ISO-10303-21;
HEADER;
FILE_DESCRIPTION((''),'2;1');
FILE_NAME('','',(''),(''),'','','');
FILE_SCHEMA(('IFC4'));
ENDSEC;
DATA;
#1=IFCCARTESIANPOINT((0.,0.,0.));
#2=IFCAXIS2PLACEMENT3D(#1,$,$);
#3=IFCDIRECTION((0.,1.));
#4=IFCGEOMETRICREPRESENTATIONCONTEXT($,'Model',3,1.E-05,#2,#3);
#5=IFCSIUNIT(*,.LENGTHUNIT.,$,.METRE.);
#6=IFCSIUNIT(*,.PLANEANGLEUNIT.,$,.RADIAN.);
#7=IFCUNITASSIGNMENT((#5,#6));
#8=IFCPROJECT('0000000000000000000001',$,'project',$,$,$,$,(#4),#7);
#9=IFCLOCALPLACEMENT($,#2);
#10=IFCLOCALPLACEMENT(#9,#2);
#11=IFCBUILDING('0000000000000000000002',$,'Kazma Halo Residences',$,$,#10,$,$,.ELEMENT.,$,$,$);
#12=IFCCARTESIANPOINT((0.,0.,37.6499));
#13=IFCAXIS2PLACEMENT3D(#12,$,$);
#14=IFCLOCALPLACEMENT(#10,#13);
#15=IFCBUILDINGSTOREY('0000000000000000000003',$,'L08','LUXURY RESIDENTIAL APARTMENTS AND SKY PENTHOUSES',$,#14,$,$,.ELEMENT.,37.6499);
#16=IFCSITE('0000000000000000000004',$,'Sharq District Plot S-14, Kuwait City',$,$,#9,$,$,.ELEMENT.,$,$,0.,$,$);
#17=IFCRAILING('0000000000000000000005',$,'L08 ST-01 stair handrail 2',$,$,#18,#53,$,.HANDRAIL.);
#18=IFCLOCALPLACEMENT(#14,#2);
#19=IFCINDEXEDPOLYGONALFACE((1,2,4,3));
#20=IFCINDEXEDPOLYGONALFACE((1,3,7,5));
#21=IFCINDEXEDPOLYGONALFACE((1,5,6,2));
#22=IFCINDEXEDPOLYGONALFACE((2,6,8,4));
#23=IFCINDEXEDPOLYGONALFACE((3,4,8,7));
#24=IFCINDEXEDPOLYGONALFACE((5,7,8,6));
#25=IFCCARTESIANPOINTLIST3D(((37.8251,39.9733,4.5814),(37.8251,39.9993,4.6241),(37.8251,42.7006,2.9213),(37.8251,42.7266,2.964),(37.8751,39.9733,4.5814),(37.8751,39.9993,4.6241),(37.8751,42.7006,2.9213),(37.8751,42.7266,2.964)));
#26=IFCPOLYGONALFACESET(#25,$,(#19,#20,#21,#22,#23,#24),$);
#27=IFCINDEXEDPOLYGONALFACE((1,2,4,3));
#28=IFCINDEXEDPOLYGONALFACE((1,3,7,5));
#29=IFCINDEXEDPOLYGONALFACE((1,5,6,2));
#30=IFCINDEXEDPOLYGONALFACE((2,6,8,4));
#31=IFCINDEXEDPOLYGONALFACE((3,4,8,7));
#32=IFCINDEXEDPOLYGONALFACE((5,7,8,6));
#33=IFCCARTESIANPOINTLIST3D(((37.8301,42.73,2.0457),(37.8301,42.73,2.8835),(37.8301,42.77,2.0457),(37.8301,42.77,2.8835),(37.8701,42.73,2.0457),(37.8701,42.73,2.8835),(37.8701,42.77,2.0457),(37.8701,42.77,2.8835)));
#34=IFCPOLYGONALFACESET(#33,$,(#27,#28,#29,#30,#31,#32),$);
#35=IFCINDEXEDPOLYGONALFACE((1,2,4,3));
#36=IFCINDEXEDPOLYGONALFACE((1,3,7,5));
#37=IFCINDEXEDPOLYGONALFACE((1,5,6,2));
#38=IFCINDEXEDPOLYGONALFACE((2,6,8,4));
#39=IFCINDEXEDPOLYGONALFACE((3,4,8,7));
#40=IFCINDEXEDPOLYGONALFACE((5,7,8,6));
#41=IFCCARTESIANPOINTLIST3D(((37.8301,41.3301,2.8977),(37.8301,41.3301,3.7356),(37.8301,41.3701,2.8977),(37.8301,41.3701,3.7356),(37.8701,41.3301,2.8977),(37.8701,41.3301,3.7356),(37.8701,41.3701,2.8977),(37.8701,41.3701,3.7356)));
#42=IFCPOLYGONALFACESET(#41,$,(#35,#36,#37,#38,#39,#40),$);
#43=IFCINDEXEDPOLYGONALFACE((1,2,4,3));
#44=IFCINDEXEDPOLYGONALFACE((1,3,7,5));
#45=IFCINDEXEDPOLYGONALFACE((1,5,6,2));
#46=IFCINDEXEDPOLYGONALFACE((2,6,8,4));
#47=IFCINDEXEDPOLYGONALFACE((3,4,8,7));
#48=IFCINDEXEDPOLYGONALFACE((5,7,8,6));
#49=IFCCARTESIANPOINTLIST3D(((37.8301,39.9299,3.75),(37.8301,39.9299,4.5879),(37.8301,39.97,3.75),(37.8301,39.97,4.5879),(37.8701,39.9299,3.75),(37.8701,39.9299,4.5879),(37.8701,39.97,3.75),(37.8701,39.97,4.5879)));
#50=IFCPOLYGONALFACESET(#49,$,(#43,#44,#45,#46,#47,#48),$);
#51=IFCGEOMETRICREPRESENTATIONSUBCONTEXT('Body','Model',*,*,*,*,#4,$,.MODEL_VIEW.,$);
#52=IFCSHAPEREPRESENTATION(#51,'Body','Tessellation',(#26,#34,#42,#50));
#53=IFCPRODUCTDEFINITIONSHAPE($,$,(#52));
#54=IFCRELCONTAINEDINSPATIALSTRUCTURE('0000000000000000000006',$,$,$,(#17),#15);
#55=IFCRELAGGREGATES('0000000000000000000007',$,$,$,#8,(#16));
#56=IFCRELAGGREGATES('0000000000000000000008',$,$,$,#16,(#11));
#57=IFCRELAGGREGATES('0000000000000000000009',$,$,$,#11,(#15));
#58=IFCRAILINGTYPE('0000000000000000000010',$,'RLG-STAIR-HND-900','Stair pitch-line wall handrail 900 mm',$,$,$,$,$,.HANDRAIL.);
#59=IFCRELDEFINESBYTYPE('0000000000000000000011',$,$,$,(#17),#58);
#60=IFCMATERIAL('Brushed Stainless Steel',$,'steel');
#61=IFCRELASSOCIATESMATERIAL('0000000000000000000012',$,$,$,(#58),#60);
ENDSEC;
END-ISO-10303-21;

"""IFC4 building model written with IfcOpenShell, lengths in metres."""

from ifc_helpers import new_model, si_unit, direction, frame, origin, origin_2d, place, context, subcontext, project, spatial, rectangle, extrude, material, type_object, element, save


model = new_model("IFC4")

# Units and contexts
model_context = context("Model", 3, precision=1e-05, world=origin(), true_north=direction((0.0, 1.0)))
body_context = subcontext(model_context, "Body", "Model", "MODEL_VIEW")
ifc_project = project(units=[si_unit("LENGTHUNIT", "METRE"), si_unit("PLANEANGLEUNIT", "RADIAN")], contexts=[model_context])

# Site, building, storey
site_placement = place(None, origin())
site = spatial("IfcSite", under=ifc_project, at=site_placement, Name="Sharq District Plot S-14, Kuwait City", CompositionType="ELEMENT", RefElevation=0.0)
building_placement = place(site_placement, origin())
building = spatial("IfcBuilding", under=site, at=building_placement, Name="Kazma Halo Residences", CompositionType="ELEMENT")
storey_placement = place(building_placement, frame((0.0, 0.0, 37.6499)))
storey = spatial("IfcBuildingStorey", under=building, at=storey_placement, Name="L08", Description="LUXURY RESIDENTIAL APARTMENTS AND SKY PENTHOUSES", CompositionType="ELEMENT", Elevation=37.6499)

# Railing
ifc_material_1 = material(Name="Brushed Stainless Steel", Category="steel")
railing_type_1 = type_object("IfcRailingType", Name="RLG-STAIR-HND-900", Description="Stair pitch-line wall handrail 900 mm", PredefinedType="HANDRAIL", material=ifc_material_1)
railing_1_placement = place(storey_placement, frame((37.8501, 42.75, 2.0457)))
element("IfcRailing", 1, at=railing_1_placement, inside=storey, type_object=railing_type_1, Name="L08 ST-01 stair handrail 2", PredefinedType="HANDRAIL", context=body_context, shape_type="SweptSolid", body=[
    extrude(rectangle(XDim=0.05, YDim=0.05, at=origin_2d()), frame((0.0, -0.0364, 0.897), z_axis=(0.0, -0.854203, 0.51994), x_axis=(1.0, 0.0, 0.0)), (0.0, 0.0, 1.0), 3.1929),
    extrude(rectangle(XDim=0.04, YDim=0.04, at=origin_2d()), origin(), (0.0, 0.0, 1.0), 0.8379),
    extrude(rectangle(XDim=0.04, YDim=0.04, at=origin_2d()), frame((0.0, -1.3999, 0.8521)), (0.0, 0.0, 1.0), 0.8379),
    extrude(rectangle(XDim=0.04, YDim=0.04, at=origin_2d()), frame((0.0, -2.8, 1.7043)), (0.0, 0.0, 1.0), 0.8379),
])

save(model, "model.ifc")
